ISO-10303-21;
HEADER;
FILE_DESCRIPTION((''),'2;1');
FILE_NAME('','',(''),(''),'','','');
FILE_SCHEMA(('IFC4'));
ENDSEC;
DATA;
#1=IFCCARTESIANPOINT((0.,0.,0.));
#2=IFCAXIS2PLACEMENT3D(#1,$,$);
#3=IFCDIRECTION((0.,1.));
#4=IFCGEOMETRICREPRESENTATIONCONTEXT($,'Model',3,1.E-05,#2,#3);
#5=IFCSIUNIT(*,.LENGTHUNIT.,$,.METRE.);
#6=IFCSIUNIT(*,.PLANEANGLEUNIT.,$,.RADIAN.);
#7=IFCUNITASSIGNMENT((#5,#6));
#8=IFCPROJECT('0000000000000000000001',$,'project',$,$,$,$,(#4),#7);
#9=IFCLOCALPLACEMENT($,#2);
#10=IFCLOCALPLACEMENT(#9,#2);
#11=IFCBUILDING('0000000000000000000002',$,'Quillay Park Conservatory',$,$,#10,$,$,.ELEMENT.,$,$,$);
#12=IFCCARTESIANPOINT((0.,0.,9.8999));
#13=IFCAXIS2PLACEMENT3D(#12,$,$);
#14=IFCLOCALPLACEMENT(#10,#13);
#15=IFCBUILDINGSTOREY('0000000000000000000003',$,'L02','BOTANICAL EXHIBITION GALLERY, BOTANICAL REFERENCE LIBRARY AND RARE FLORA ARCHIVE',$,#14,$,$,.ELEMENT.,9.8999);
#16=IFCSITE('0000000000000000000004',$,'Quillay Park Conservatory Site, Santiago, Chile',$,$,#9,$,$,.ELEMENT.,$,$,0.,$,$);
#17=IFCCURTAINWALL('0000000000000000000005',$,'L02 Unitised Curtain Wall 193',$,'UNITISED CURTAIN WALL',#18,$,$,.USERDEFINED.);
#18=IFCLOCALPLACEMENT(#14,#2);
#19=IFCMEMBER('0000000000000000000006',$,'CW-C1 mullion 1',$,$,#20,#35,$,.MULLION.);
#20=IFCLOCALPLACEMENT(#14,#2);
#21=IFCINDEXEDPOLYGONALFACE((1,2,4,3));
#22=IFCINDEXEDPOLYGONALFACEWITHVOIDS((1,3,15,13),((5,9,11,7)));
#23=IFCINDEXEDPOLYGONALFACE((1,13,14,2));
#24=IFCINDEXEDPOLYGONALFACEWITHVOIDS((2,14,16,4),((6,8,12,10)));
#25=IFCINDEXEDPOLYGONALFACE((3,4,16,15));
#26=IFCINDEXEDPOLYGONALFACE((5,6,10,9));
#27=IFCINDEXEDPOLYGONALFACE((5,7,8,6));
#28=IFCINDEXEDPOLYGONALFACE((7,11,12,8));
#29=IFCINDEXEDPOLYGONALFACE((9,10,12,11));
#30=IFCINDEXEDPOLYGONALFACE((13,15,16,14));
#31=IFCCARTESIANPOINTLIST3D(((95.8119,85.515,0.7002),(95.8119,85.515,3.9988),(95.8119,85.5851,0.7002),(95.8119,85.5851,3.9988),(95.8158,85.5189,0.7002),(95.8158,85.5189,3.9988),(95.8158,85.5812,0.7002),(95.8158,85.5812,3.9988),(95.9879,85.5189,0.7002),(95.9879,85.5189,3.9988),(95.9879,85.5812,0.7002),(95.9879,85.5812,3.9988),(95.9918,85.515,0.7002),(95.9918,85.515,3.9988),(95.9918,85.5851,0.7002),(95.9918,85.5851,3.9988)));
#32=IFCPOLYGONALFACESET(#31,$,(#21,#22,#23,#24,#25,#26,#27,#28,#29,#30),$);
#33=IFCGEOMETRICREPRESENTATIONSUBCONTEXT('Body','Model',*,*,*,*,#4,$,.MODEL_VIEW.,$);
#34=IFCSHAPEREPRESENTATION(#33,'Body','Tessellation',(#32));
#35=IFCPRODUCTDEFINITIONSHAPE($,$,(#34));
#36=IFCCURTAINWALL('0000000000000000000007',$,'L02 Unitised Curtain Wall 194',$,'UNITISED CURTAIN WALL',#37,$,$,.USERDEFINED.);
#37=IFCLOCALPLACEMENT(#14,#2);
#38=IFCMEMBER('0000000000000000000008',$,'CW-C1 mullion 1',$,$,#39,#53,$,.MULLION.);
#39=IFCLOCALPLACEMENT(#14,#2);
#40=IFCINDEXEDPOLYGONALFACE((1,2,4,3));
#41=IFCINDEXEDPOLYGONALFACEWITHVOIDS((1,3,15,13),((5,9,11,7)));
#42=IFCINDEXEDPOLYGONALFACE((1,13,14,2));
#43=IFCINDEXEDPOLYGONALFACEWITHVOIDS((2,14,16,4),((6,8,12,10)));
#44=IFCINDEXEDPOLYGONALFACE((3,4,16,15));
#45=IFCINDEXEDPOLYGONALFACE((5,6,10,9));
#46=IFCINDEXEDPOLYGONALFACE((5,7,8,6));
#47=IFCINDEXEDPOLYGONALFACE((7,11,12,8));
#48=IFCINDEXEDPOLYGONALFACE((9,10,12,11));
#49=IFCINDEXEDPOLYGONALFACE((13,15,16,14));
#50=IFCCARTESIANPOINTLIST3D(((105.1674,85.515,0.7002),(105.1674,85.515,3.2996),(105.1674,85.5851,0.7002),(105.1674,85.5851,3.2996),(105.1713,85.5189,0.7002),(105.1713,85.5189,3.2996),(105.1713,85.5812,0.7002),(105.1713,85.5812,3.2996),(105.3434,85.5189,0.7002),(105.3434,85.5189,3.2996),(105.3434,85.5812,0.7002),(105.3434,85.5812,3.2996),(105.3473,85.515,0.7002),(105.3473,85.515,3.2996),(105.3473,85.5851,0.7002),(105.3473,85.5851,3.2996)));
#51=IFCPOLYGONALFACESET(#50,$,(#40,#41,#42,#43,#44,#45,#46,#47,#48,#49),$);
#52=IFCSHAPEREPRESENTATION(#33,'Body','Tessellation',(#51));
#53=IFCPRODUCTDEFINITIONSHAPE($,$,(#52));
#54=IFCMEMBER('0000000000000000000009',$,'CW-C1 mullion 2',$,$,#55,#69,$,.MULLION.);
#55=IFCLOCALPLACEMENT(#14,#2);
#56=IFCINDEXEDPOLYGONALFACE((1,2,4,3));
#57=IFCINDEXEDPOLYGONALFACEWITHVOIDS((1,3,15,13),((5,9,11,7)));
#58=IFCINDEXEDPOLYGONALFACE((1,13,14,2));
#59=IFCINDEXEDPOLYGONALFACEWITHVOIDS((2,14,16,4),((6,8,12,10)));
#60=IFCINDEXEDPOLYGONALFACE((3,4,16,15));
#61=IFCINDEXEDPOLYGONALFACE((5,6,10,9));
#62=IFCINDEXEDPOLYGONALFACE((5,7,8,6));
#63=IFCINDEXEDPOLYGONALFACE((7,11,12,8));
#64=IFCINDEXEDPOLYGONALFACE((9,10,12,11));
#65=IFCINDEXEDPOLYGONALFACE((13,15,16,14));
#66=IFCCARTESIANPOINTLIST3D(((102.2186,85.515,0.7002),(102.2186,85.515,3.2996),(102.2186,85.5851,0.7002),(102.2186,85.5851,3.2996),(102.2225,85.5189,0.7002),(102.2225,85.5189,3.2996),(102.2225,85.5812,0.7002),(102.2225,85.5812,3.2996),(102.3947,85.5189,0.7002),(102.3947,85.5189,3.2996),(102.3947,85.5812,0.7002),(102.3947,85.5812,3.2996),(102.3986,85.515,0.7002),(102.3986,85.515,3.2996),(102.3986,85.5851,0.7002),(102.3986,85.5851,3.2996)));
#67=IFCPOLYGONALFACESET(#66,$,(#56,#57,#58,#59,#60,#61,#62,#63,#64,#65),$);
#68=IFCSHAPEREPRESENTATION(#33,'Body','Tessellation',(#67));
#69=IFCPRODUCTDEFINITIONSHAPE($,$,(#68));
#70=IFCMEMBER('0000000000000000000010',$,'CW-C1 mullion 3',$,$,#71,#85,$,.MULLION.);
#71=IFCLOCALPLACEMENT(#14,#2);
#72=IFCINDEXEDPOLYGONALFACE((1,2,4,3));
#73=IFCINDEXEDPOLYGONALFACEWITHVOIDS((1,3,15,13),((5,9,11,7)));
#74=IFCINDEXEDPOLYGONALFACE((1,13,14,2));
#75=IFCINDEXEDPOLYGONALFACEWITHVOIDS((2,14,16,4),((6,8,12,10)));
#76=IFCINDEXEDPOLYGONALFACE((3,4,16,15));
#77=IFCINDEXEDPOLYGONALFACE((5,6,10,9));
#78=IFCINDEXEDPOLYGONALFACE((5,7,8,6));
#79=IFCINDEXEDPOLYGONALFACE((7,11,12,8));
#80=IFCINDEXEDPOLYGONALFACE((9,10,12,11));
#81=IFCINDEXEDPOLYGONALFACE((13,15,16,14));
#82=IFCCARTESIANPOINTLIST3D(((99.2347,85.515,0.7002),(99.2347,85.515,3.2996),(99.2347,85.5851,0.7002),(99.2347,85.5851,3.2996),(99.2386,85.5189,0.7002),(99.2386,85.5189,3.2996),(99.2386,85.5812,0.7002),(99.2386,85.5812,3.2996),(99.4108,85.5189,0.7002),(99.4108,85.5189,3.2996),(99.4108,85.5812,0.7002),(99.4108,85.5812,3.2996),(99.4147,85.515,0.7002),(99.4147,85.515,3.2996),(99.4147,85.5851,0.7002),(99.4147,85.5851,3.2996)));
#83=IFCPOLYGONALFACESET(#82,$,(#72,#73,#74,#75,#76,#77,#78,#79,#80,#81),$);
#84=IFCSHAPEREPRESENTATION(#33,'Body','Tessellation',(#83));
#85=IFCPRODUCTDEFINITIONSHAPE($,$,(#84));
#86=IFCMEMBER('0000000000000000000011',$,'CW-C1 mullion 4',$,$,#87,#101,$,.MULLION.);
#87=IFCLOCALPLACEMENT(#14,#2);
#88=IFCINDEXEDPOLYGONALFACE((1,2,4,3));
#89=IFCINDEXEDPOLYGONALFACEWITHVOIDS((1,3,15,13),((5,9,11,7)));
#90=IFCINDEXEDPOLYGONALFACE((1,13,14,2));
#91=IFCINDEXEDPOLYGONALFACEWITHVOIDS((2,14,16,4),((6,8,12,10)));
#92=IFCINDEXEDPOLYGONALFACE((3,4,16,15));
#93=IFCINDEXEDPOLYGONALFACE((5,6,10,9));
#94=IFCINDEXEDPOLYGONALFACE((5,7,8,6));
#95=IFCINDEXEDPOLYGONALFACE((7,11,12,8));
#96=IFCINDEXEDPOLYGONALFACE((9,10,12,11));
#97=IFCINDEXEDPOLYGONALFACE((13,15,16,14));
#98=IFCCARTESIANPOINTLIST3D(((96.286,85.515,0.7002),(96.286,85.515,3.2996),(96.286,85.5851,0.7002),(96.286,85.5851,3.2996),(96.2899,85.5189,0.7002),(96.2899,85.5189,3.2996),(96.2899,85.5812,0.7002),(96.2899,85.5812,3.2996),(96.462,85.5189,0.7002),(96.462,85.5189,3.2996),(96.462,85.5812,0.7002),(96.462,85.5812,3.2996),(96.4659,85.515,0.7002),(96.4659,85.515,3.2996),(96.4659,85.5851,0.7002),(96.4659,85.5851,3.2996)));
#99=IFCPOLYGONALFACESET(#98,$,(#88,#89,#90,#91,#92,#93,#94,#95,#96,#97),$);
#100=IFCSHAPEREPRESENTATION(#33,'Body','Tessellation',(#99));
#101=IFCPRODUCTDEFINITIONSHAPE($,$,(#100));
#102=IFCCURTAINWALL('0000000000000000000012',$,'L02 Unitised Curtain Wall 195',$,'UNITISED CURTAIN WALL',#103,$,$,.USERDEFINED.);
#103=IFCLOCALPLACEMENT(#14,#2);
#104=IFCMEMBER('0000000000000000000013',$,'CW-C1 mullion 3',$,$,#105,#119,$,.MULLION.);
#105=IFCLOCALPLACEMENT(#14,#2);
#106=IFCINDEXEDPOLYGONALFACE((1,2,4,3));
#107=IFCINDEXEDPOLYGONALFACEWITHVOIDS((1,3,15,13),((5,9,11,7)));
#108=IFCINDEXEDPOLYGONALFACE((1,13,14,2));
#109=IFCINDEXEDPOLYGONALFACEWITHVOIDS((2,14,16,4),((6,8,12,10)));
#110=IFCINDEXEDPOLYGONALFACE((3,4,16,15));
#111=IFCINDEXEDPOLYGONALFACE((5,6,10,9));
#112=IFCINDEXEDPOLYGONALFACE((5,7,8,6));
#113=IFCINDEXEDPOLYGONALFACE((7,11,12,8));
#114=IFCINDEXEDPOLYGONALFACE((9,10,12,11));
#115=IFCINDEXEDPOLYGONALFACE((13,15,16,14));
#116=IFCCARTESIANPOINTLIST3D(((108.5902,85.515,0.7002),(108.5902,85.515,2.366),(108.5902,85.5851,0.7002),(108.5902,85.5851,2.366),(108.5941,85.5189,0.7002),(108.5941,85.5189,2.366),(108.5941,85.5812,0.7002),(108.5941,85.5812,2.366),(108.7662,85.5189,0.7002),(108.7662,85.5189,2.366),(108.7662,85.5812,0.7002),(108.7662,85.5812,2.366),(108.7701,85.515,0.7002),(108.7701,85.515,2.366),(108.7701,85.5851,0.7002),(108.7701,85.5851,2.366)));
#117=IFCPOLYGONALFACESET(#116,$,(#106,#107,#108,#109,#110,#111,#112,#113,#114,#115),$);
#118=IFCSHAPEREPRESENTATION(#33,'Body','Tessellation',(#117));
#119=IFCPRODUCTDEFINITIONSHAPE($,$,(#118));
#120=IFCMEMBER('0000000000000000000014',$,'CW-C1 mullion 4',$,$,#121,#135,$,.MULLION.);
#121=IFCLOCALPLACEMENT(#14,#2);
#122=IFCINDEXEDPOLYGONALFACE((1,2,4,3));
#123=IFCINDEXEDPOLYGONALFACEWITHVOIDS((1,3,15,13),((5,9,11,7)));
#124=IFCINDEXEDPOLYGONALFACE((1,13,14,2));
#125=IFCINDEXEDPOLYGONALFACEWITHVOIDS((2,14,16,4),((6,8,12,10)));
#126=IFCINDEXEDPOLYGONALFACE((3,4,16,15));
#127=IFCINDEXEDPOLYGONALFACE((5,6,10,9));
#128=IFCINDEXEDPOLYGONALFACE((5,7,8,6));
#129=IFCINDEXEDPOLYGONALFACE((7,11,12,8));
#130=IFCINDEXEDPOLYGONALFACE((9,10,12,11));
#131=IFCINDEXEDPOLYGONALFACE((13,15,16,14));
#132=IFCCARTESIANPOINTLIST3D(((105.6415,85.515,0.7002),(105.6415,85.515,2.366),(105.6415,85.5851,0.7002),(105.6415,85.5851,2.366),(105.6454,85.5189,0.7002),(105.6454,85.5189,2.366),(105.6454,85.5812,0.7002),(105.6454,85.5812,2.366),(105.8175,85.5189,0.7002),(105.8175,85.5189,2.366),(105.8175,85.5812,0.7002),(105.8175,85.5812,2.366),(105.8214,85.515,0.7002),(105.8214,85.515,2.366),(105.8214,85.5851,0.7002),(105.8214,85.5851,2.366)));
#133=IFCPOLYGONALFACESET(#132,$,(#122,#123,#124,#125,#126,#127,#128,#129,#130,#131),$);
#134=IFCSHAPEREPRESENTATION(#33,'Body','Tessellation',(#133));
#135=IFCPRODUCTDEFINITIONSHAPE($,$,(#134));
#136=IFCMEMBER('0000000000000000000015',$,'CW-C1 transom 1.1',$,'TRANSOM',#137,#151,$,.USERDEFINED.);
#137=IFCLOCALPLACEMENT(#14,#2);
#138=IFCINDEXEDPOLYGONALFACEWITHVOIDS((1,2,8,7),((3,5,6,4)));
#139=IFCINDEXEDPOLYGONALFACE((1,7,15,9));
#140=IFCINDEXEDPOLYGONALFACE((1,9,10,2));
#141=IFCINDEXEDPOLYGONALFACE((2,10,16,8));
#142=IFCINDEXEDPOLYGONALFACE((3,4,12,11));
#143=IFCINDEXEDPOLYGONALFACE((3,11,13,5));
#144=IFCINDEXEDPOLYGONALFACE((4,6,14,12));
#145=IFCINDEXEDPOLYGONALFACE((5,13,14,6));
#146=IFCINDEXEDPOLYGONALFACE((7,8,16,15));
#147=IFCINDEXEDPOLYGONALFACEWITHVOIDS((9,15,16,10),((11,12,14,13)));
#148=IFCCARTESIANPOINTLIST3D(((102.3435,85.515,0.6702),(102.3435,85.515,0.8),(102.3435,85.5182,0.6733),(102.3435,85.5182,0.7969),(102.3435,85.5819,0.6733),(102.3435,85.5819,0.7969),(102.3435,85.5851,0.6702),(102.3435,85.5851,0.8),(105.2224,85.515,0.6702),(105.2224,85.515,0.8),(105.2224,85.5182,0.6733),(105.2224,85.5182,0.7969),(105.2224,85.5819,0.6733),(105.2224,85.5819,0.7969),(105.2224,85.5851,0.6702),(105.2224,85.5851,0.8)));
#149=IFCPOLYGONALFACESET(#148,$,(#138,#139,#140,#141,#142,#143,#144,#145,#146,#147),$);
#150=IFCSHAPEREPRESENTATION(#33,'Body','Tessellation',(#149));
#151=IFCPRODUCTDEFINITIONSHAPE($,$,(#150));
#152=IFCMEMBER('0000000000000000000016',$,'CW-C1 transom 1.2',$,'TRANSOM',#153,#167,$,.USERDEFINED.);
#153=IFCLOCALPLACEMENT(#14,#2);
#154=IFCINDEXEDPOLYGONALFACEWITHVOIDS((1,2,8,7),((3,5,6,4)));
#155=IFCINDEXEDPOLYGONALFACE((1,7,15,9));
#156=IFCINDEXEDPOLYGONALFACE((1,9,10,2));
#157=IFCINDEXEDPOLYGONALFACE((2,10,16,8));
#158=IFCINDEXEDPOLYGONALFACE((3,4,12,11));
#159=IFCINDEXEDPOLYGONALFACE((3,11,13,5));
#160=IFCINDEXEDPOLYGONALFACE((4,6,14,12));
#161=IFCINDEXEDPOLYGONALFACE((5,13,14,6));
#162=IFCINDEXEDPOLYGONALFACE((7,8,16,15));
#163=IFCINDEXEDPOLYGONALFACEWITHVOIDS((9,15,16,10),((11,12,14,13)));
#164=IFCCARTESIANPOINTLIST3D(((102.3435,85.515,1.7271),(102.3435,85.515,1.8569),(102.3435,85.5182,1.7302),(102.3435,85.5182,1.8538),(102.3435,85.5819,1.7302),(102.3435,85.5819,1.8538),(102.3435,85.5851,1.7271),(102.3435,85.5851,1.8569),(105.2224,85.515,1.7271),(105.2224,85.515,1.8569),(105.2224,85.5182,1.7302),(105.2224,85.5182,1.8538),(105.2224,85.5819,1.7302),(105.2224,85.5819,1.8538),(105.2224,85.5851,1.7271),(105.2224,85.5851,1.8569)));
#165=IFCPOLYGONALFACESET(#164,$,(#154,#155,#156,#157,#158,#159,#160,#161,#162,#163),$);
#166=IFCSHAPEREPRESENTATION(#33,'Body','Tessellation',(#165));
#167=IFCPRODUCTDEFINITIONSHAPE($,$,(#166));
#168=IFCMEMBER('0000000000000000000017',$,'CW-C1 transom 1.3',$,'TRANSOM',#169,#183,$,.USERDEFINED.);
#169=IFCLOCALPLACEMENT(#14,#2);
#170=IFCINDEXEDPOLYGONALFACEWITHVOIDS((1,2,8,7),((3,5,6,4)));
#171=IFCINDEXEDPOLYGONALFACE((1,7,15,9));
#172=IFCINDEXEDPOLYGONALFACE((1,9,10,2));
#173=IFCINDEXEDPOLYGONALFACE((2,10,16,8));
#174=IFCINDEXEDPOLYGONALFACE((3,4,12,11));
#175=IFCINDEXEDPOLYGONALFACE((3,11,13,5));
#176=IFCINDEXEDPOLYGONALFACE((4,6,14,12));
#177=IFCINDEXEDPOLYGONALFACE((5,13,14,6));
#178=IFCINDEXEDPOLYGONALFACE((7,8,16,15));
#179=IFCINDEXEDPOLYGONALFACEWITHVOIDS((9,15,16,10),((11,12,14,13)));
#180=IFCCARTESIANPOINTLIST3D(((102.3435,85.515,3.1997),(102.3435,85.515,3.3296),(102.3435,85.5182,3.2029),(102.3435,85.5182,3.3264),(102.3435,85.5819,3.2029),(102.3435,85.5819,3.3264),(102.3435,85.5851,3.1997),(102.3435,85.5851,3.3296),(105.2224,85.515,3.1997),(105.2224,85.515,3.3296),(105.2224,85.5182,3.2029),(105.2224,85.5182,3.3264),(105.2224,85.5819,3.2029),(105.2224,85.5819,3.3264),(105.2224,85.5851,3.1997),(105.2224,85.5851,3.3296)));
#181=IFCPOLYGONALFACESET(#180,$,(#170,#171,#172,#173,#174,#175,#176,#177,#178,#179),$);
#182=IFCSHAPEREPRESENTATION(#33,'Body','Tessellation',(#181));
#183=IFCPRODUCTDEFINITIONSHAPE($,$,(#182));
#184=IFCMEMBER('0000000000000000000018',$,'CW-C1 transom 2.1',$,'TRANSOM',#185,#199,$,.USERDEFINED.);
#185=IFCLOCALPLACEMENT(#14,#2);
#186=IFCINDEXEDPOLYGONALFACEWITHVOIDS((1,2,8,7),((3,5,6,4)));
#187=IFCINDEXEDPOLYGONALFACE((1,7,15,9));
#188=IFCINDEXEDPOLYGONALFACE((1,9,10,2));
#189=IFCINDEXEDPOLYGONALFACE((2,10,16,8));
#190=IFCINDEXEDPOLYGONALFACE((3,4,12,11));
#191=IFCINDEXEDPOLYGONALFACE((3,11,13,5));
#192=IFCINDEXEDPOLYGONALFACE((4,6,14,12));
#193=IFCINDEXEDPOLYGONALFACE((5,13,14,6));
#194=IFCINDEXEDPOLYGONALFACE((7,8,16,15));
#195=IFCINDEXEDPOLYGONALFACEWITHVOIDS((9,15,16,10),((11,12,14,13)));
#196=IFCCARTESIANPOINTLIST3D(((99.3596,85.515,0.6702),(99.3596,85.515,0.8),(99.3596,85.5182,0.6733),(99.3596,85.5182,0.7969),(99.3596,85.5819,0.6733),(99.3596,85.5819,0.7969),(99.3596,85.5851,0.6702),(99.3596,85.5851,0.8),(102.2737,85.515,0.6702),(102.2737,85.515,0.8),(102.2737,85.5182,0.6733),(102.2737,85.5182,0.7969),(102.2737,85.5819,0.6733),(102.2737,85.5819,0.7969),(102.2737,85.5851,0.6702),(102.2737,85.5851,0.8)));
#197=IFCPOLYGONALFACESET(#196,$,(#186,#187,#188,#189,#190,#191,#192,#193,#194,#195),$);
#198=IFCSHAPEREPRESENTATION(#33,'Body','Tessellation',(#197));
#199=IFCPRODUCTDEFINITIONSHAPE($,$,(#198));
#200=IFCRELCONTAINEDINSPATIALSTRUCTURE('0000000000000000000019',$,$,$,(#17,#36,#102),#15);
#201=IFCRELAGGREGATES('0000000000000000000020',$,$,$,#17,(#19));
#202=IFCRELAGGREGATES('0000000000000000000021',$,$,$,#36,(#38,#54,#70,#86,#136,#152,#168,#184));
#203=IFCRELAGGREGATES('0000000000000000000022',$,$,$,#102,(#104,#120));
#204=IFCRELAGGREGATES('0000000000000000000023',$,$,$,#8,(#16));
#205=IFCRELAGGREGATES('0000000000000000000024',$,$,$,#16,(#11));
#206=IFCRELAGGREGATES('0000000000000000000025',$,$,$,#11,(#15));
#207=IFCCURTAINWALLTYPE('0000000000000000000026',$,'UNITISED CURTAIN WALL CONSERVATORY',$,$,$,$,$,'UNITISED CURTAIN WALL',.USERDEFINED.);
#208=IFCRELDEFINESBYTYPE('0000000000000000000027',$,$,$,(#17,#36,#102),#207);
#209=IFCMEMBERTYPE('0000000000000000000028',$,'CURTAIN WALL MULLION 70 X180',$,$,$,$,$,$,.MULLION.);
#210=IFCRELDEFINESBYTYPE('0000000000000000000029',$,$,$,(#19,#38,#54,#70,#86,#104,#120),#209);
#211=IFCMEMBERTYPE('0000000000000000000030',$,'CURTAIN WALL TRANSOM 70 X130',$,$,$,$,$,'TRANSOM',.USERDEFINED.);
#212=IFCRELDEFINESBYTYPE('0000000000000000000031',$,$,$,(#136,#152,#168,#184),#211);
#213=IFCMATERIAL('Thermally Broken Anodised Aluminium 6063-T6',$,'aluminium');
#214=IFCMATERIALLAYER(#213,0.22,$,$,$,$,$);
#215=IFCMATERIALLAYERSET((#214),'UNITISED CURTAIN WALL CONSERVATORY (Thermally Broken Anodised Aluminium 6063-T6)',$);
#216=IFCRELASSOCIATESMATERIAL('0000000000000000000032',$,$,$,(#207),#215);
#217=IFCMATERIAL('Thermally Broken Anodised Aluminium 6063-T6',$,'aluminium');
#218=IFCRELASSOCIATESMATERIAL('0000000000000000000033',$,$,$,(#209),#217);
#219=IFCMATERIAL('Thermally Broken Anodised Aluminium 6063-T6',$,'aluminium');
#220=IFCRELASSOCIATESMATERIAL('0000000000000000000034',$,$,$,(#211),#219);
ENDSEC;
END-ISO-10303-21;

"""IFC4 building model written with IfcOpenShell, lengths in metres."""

from ifc_helpers import new_model, si_unit, direction, frame, origin, origin_2d, place, context, subcontext, project, spatial, hollow_rectangle, extrude, material, layer, layer_set, material_profile, profile_set, type_object, element, aggregate, save


model = new_model("IFC4")

# Units and contexts
model_context = context("Model", 3, precision=1e-05, world=origin(), true_north=direction((0.0, 1.0)))
body_context = subcontext(model_context, "Body", "Model", "MODEL_VIEW")
ifc_project = project(units=[si_unit("LENGTHUNIT", "METRE"), si_unit("PLANEANGLEUNIT", "RADIAN")], contexts=[model_context])

# Site, building, storey
site_placement = place(None, origin())
site = spatial("IfcSite", under=ifc_project, at=site_placement, Name="Quillay Park Conservatory Site, Santiago, Chile", CompositionType="ELEMENT", RefElevation=0.0)
building_placement = place(site_placement, origin())
building = spatial("IfcBuilding", under=site, at=building_placement, Name="Quillay Park Conservatory", CompositionType="ELEMENT")
storey_placement = place(building_placement, frame((0.0, 0.0, 9.8999)))
storey = spatial("IfcBuildingStorey", under=building, at=storey_placement, Name="L02", Description="BOTANICAL EXHIBITION GALLERY, BOTANICAL REFERENCE LIBRARY AND RARE FLORA ARCHIVE", CompositionType="ELEMENT", Elevation=9.8999)

# Curtain wall, member
ifc_material_1 = material(Name="Thermally Broken Anodised Aluminium 6063-T6", Category="aluminium")
ifc_layer_1 = layer(ifc_material_1, 0.22)
ifc_layer_set_1 = layer_set([ifc_layer_1], Name="UNITISED CURTAIN WALL CONSERVATORY (Thermally Broken Anodised Aluminium 6063-T6)")
curtain_wall_type = type_object("IfcCurtainWallType", Name="UNITISED CURTAIN WALL CONSERVATORY", ElementType="UNITISED CURTAIN WALL", PredefinedType="USERDEFINED", material=ifc_layer_set_1)
curtain_wall_1_placement = place(storey_placement, origin())
curtain_wall_1 = element("IfcCurtainWall", 1, at=curtain_wall_1_placement, inside=storey, type_object=curtain_wall_type, Name="L02 Unitised Curtain Wall 193", ObjectType="UNITISED CURTAIN WALL", PredefinedType="USERDEFINED")
ifc_material_2 = material(Name="Thermally Broken Anodised Aluminium 6063-T6", Category="aluminium")
ifc_material_profile_1 = material_profile(ifc_material_2, hollow_rectangle(XDim=0.0701, YDim=0.1799, WallThickness=0.0039, at=origin_2d()), Name="AL70x180x4")
ifc_profile_set_1 = profile_set([ifc_material_profile_1], Name="Thermally Broken Anodised Aluminium 6063-T6")
member_type_1 = type_object("IfcMemberType", Name="CURTAIN WALL MULLION 70 X180", PredefinedType="MULLION", material=ifc_profile_set_1)
member_1_placement = place(storey_placement, frame((95.9019, 85.55, 0.7002), z_axis=(0.0, 0.0, 1.0), x_axis=(0.0, -1.0, 0.0)))
member_1 = element("IfcMember", 2, at=member_1_placement, type_object=member_type_1, Name="CW-C1 mullion 1", PredefinedType="MULLION", context=body_context, shape_type="SweptSolid", body=[
    extrude(hollow_rectangle(XDim=0.0701, YDim=0.1799, WallThickness=0.0039, at=origin_2d()), origin(), (0.0, 0.0, 1.0), 3.2986),
])
aggregate(curtain_wall_1, [member_1])

# Curtain walls, members
curtain_wall_2_placement = place(storey_placement, origin())
curtain_wall_2 = element("IfcCurtainWall", 3, at=curtain_wall_2_placement, inside=storey, type_object=curtain_wall_type, Name="L02 Unitised Curtain Wall 194", ObjectType="UNITISED CURTAIN WALL", PredefinedType="USERDEFINED")
member_2_placement = place(storey_placement, frame((105.2573, 85.55, 0.7002), z_axis=(0.0, 0.0, 1.0), x_axis=(0.0, -1.0, 0.0)))
member_2 = element("IfcMember", 4, at=member_2_placement, type_object=member_type_1, Name="CW-C1 mullion 1", PredefinedType="MULLION", context=body_context, shape_type="SweptSolid", body=[
    extrude(hollow_rectangle(XDim=0.0701, YDim=0.1799, WallThickness=0.0039, at=origin_2d()), origin(), (0.0, 0.0, 1.0), 2.5994),
])
member_3_placement = place(storey_placement, frame((102.3086, 85.55, 0.7002), z_axis=(0.0, 0.0, 1.0), x_axis=(0.0, -1.0, 0.0)))
member_3 = element("IfcMember", 5, at=member_3_placement, type_object=member_type_1, Name="CW-C1 mullion 2", PredefinedType="MULLION", context=body_context, shape_type="SweptSolid", body=[
    extrude(hollow_rectangle(XDim=0.0701, YDim=0.1799, WallThickness=0.0039, at=origin_2d()), origin(), (0.0, 0.0, 1.0), 2.5994),
])
member_4_placement = place(storey_placement, frame((99.3247, 85.55, 0.7002), z_axis=(0.0, 0.0, 1.0), x_axis=(0.0, -1.0, 0.0)))
member_4 = element("IfcMember", 6, at=member_4_placement, type_object=member_type_1, Name="CW-C1 mullion 3", PredefinedType="MULLION", context=body_context, shape_type="SweptSolid", body=[
    extrude(hollow_rectangle(XDim=0.0701, YDim=0.1799, WallThickness=0.0039, at=origin_2d()), origin(), (0.0, 0.0, 1.0), 2.5994),
])
member_5_placement = place(storey_placement, frame((96.376, 85.55, 0.7002), z_axis=(0.0, 0.0, 1.0), x_axis=(0.0, -1.0, 0.0)))
member_5 = element("IfcMember", 7, at=member_5_placement, type_object=member_type_1, Name="CW-C1 mullion 4", PredefinedType="MULLION", context=body_context, shape_type="SweptSolid", body=[
    extrude(hollow_rectangle(XDim=0.0701, YDim=0.1799, WallThickness=0.0039, at=origin_2d()), origin(), (0.0, 0.0, 1.0), 2.5994),
])
curtain_wall_3_placement = place(storey_placement, origin())
curtain_wall_3 = element("IfcCurtainWall", 8, at=curtain_wall_3_placement, inside=storey, type_object=curtain_wall_type, Name="L02 Unitised Curtain Wall 195", ObjectType="UNITISED CURTAIN WALL", PredefinedType="USERDEFINED")
member_6_placement = place(storey_placement, frame((108.6802, 85.55, 0.7002), z_axis=(0.0, 0.0, 1.0), x_axis=(0.0, -1.0, 0.0)))
member_6 = element("IfcMember", 9, at=member_6_placement, type_object=member_type_1, Name="CW-C1 mullion 3", PredefinedType="MULLION", context=body_context, shape_type="SweptSolid", body=[
    extrude(hollow_rectangle(XDim=0.0701, YDim=0.1799, WallThickness=0.0039, at=origin_2d()), origin(), (0.0, 0.0, 1.0), 1.6658),
])
member_7_placement = place(storey_placement, frame((105.7314, 85.55, 0.7002), z_axis=(0.0, 0.0, 1.0), x_axis=(0.0, -1.0, 0.0)))
member_7 = element("IfcMember", 10, at=member_7_placement, type_object=member_type_1, Name="CW-C1 mullion 4", PredefinedType="MULLION", context=body_context, shape_type="SweptSolid", body=[
    extrude(hollow_rectangle(XDim=0.0701, YDim=0.1799, WallThickness=0.0039, at=origin_2d()), origin(), (0.0, 0.0, 1.0), 1.6658),
])

# Members
ifc_material_3 = material(Name="Thermally Broken Anodised Aluminium 6063-T6", Category="aluminium")
ifc_material_profile_2 = material_profile(ifc_material_3, hollow_rectangle(XDim=0.0701, YDim=0.1299, WallThickness=0.0032, at=origin_2d()), Name="AL70x130x3.2")
ifc_profile_set_2 = profile_set([ifc_material_profile_2], Name="Thermally Broken Anodised Aluminium 6063-T6")
member_type_2 = type_object("IfcMemberType", Name="CURTAIN WALL TRANSOM 70 X130", ElementType="TRANSOM", PredefinedType="USERDEFINED", material=ifc_profile_set_2)
member_8_placement = place(storey_placement, frame((105.2224, 85.55, 0.7351), z_axis=(-1.0, 0.0, 0.0), x_axis=(0.0, -1.0, 0.0)))
member_8 = element("IfcMember", 11, at=member_8_placement, type_object=member_type_2, Name="CW-C1 transom 1.1", ObjectType="TRANSOM", PredefinedType="USERDEFINED", context=body_context, shape_type="SweptSolid", body=[
    extrude(hollow_rectangle(XDim=0.0701, YDim=0.1299, WallThickness=0.0032, at=origin_2d()), origin(), (0.0, 0.0, 1.0), 2.8789),
])
member_9_placement = place(storey_placement, frame((105.2224, 85.55, 1.792), z_axis=(-1.0, 0.0, 0.0), x_axis=(0.0, -1.0, 0.0)))
member_9 = element("IfcMember", 12, at=member_9_placement, type_object=member_type_2, Name="CW-C1 transom 1.2", ObjectType="TRANSOM", PredefinedType="USERDEFINED", context=body_context, shape_type="SweptSolid", body=[
    extrude(hollow_rectangle(XDim=0.0701, YDim=0.1299, WallThickness=0.0032, at=origin_2d()), origin(), (0.0, 0.0, 1.0), 2.8789),
])
member_10_placement = place(storey_placement, frame((105.2224, 85.55, 3.2646), z_axis=(-1.0, 0.0, 0.0), x_axis=(0.0, -1.0, 0.0)))
member_10 = element("IfcMember", 13, at=member_10_placement, type_object=member_type_2, Name="CW-C1 transom 1.3", ObjectType="TRANSOM", PredefinedType="USERDEFINED", context=body_context, shape_type="SweptSolid", body=[
    extrude(hollow_rectangle(XDim=0.0701, YDim=0.1299, WallThickness=0.0032, at=origin_2d()), origin(), (0.0, 0.0, 1.0), 2.8789),
])
member_11_placement = place(storey_placement, frame((102.2737, 85.55, 0.7351), z_axis=(-1.0, 0.0, 0.0), x_axis=(0.0, -1.0, 0.0)))
member_11 = element("IfcMember", 14, at=member_11_placement, type_object=member_type_2, Name="CW-C1 transom 2.1", ObjectType="TRANSOM", PredefinedType="USERDEFINED", context=body_context, shape_type="SweptSolid", body=[
    extrude(hollow_rectangle(XDim=0.0701, YDim=0.1299, WallThickness=0.0032, at=origin_2d()), origin(), (0.0, 0.0, 1.0), 2.9141),
])

aggregate(curtain_wall_2, [member_2, member_3, member_4, member_5, member_8, member_9, member_10, member_11])
aggregate(curtain_wall_3, [member_6, member_7])

save(model, "model.ifc")
